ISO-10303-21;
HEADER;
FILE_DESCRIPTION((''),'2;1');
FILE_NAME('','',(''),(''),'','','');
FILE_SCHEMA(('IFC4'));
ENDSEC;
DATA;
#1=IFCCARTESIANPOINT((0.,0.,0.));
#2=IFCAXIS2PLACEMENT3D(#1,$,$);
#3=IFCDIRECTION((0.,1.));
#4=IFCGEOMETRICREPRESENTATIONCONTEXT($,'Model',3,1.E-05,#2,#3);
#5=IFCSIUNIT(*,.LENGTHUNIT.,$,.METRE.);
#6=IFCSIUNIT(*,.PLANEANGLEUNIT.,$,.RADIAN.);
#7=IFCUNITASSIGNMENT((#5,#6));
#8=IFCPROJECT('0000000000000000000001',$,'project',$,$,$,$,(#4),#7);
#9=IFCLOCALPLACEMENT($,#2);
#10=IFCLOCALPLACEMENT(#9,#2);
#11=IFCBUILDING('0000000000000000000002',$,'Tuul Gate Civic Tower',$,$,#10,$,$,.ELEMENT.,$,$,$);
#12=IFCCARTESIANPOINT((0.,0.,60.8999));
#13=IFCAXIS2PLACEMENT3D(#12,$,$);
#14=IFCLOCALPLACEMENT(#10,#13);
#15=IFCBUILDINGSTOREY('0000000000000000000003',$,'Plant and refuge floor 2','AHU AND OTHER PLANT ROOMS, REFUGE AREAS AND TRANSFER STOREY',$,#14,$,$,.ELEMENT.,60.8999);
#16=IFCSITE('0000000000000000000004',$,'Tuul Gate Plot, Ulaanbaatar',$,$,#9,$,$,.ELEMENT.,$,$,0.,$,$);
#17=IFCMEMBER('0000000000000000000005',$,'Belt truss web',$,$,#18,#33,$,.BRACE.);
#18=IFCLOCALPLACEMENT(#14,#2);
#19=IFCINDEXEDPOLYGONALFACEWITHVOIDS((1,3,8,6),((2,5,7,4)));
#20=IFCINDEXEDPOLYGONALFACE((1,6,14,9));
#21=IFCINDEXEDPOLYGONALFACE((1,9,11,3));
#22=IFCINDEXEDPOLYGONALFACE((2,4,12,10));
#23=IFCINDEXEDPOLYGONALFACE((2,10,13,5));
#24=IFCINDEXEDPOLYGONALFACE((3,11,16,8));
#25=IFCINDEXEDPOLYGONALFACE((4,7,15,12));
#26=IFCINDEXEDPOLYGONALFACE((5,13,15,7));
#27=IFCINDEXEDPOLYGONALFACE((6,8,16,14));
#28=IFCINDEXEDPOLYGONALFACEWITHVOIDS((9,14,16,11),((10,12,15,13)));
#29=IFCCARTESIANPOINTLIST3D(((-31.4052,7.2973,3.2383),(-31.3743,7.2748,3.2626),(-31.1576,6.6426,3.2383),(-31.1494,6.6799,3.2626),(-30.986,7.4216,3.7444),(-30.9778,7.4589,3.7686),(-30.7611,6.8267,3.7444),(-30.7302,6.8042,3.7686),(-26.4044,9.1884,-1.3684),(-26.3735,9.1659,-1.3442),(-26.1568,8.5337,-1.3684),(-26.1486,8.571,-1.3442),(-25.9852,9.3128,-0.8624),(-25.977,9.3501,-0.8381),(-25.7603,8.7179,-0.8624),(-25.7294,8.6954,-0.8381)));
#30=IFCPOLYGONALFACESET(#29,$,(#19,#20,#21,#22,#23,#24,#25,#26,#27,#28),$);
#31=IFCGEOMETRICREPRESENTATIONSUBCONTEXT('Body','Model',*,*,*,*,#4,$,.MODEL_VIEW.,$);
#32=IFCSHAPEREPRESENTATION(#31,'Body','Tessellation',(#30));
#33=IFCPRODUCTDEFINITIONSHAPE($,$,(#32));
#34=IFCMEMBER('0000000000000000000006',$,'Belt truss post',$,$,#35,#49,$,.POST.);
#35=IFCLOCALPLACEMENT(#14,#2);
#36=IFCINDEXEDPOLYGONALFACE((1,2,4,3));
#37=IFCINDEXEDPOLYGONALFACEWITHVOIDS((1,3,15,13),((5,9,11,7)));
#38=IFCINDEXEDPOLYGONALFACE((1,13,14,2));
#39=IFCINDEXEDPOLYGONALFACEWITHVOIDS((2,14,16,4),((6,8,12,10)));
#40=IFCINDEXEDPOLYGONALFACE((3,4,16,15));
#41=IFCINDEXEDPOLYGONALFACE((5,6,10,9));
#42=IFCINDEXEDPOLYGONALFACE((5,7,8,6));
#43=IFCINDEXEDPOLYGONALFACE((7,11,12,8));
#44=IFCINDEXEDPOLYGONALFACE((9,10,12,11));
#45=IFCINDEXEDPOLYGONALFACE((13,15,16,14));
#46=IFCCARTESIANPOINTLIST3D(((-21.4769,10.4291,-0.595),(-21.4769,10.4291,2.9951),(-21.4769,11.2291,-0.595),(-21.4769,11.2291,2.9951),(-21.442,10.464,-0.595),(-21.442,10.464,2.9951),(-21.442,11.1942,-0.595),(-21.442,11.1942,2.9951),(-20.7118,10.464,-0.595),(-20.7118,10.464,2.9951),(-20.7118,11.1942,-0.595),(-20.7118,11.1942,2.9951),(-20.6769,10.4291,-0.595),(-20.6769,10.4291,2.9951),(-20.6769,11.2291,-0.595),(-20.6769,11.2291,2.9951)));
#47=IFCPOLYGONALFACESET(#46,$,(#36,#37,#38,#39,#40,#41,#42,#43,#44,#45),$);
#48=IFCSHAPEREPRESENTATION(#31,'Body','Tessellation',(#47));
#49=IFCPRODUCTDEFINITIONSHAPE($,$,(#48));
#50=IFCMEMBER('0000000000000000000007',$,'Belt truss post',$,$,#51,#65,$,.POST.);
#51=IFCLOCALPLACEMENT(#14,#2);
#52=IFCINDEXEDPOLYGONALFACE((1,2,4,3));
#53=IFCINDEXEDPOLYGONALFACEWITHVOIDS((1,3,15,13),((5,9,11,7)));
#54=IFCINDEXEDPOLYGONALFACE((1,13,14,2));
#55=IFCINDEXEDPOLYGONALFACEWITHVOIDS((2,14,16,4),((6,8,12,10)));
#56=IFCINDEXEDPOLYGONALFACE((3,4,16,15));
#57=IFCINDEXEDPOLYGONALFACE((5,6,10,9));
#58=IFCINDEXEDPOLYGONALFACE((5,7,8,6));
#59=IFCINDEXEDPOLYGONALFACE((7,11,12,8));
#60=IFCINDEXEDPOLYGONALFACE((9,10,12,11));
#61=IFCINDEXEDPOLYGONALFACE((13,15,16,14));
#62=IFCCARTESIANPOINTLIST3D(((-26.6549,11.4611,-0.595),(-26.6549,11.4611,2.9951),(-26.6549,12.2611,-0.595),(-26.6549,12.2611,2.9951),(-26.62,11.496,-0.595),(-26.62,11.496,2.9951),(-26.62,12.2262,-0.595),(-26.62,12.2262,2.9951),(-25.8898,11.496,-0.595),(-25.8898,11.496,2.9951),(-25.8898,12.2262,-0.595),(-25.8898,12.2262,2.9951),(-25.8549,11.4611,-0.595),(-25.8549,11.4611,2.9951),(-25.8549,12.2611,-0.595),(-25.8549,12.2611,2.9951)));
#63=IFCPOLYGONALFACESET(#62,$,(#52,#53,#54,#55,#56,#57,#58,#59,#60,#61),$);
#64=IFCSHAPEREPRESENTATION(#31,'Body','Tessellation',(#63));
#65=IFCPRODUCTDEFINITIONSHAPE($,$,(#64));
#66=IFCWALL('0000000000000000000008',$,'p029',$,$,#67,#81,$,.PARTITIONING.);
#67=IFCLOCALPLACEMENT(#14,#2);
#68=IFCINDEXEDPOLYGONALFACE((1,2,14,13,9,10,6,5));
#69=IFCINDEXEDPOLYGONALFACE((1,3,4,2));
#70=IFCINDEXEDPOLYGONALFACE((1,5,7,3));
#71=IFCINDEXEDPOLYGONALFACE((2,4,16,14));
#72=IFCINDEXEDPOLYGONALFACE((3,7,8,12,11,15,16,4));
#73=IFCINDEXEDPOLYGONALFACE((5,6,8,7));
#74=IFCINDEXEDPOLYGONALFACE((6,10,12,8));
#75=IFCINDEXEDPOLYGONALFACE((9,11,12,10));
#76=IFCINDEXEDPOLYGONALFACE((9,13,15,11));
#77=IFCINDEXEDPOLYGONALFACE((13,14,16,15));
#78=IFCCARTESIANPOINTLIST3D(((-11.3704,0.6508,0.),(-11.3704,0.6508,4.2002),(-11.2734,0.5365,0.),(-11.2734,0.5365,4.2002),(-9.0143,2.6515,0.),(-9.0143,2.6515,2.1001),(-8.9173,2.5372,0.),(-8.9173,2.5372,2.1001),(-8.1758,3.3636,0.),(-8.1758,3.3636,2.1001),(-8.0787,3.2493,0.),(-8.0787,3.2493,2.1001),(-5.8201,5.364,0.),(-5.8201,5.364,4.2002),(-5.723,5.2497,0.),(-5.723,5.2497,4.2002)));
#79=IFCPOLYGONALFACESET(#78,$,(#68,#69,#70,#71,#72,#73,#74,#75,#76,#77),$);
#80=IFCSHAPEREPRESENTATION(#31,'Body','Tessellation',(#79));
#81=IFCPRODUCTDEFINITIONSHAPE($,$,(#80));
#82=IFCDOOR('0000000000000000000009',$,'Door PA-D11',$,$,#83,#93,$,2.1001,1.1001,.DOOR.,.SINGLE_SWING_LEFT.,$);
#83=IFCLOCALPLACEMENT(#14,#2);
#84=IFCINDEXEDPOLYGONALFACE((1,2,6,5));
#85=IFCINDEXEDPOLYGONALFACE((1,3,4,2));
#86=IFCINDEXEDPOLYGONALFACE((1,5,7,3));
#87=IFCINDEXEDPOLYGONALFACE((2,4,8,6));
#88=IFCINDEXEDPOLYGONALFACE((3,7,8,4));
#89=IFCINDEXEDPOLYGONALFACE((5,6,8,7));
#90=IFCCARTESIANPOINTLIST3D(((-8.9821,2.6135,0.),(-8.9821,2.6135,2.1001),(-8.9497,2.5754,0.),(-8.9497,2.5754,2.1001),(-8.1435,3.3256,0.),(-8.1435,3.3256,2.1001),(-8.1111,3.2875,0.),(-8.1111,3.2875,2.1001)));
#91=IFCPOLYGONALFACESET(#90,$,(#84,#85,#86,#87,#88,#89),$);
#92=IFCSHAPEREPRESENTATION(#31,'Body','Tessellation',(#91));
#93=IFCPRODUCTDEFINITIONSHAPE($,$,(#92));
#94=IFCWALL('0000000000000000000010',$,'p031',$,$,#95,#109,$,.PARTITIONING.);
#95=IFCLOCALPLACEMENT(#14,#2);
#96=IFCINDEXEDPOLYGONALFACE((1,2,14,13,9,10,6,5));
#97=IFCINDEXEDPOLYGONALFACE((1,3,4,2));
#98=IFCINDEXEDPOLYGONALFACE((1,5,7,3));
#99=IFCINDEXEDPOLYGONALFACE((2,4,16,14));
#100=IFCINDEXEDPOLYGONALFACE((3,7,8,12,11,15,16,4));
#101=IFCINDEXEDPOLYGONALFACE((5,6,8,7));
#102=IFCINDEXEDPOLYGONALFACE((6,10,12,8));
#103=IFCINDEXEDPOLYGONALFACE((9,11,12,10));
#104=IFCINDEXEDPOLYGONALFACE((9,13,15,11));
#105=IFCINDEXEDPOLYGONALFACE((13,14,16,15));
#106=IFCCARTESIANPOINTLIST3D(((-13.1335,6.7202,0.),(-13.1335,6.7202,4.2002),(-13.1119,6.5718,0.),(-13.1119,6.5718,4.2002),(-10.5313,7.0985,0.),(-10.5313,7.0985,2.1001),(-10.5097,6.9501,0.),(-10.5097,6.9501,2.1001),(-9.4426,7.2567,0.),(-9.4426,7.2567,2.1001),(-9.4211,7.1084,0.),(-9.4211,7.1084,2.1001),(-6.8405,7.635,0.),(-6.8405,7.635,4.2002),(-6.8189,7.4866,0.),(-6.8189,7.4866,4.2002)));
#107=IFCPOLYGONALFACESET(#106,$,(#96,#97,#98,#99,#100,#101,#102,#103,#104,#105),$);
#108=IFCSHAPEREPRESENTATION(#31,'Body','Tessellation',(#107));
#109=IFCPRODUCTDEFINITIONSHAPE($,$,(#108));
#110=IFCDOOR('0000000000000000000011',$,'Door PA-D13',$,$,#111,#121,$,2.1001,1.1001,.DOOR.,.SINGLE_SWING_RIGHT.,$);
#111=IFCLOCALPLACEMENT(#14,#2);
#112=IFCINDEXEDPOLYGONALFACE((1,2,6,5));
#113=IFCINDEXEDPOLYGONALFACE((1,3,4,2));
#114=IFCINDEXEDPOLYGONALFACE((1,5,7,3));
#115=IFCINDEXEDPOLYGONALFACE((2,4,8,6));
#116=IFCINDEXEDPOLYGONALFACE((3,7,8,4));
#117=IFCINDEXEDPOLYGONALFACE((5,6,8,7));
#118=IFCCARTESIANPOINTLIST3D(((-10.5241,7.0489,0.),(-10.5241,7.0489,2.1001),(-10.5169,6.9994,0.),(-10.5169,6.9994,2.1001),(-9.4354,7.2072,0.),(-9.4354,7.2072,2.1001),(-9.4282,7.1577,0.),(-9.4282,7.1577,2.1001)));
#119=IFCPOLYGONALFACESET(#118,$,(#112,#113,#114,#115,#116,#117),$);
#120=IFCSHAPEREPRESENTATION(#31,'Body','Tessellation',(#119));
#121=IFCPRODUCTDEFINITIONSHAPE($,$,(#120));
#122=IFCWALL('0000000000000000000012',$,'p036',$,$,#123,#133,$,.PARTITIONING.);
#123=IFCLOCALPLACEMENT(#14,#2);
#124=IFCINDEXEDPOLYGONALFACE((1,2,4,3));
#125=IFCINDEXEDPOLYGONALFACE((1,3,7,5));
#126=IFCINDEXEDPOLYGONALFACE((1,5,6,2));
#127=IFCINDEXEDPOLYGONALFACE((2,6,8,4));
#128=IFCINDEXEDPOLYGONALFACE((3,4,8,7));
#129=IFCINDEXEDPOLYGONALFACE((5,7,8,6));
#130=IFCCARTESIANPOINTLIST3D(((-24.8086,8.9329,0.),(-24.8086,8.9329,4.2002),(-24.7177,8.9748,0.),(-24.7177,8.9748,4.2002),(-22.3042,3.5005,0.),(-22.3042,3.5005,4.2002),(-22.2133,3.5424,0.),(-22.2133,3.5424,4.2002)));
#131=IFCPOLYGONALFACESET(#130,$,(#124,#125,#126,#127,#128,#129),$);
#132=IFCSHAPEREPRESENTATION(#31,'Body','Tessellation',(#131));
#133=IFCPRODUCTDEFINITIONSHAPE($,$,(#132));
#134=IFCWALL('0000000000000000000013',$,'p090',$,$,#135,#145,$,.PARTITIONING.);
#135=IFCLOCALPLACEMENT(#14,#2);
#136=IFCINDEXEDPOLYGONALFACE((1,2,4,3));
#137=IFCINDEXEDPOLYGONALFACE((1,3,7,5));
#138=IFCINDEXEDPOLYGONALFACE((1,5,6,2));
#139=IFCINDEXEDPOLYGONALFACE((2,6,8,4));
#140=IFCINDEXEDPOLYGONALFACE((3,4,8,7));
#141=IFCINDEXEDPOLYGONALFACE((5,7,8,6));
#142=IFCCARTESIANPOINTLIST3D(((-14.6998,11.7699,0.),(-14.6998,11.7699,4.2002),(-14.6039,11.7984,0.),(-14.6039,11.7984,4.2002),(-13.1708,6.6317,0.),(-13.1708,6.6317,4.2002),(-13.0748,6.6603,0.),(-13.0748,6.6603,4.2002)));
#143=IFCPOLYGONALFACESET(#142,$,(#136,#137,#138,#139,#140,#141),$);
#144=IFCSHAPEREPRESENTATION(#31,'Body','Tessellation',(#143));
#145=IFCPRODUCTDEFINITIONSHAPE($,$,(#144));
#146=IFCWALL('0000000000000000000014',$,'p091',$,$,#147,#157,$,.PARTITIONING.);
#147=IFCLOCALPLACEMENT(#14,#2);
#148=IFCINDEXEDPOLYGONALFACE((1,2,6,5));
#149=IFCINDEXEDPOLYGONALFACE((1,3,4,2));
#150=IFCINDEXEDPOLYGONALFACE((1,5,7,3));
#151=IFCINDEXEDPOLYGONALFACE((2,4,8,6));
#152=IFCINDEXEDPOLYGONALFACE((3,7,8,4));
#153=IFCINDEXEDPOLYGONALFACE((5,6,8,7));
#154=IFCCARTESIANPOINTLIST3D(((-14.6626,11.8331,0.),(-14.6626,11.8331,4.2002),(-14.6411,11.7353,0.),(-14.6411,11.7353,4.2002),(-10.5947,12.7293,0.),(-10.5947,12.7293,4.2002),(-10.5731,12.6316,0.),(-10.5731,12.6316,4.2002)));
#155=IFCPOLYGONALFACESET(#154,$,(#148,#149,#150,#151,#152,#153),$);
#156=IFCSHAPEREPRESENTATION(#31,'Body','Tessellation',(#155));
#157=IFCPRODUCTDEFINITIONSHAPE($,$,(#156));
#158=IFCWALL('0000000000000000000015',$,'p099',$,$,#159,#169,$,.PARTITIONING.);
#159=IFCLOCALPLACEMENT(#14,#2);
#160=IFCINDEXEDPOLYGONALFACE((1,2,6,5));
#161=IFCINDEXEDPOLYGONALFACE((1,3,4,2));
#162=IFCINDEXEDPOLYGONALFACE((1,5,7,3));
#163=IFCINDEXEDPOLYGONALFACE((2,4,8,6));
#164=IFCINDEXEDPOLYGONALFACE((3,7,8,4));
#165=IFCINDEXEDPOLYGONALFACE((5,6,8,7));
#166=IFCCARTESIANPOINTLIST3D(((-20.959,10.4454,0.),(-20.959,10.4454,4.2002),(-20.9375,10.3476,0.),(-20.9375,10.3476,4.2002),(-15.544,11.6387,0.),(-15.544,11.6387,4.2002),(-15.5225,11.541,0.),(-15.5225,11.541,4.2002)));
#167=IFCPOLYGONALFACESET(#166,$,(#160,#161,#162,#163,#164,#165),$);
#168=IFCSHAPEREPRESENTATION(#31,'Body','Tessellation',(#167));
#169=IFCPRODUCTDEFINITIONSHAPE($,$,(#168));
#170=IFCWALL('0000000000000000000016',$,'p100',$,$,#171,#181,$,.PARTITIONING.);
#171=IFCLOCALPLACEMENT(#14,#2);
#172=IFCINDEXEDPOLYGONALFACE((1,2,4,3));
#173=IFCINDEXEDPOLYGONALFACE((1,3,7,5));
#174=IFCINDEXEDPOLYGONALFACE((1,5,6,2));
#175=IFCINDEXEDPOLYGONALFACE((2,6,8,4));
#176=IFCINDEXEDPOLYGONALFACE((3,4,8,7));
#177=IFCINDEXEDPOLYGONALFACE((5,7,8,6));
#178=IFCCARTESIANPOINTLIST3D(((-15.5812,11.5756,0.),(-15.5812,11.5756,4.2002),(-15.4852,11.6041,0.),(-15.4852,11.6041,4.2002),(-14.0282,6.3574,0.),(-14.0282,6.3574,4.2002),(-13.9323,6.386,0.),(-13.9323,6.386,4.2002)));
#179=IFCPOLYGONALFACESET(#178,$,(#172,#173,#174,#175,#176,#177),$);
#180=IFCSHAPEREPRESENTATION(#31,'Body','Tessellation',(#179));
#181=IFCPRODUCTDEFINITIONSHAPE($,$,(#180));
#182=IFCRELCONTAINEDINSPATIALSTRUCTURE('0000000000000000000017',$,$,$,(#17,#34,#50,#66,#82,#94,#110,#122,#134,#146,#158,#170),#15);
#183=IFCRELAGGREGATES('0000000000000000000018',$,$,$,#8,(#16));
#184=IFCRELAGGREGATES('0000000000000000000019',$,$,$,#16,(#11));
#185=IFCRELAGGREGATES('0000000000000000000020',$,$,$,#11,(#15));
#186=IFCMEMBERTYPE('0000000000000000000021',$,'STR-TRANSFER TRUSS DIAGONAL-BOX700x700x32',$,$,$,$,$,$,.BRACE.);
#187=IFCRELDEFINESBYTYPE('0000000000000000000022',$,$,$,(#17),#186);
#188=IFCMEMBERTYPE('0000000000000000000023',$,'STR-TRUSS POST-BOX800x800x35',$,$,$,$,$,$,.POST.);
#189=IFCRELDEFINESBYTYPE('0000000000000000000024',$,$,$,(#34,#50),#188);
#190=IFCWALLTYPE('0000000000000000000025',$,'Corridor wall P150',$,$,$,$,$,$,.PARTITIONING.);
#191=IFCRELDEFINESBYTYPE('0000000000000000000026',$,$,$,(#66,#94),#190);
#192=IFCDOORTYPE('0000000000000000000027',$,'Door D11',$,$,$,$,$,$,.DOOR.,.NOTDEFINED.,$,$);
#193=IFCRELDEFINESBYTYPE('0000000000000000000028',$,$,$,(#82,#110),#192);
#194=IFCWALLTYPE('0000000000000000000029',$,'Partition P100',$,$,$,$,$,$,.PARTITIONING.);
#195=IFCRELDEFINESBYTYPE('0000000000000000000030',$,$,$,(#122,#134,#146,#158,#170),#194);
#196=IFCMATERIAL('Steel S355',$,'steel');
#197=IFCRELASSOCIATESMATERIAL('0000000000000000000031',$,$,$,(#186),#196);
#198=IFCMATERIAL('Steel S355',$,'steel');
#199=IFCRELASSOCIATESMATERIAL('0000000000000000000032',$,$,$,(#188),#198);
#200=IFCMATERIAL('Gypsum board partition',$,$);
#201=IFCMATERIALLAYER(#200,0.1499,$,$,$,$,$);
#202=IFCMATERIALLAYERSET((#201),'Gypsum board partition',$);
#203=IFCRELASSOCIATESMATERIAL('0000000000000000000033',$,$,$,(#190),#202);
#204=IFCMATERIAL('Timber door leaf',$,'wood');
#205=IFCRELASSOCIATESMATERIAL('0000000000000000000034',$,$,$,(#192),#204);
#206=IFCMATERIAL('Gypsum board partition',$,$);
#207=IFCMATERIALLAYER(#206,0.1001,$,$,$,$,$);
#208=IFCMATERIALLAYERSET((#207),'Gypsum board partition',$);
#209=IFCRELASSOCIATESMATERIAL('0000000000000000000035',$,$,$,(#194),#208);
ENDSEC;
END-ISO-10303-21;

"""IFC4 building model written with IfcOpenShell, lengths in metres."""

from ifc_helpers import new_model, si_unit, direction, frame, frame_2d, origin, origin_2d, place, context, subcontext, project, spatial, rectangle, hollow_rectangle, extrude, material, layer, layer_set, material_profile, profile_set, type_object, element, fill, save


model = new_model("IFC4")

# Units and contexts
model_context = context("Model", 3, precision=1e-05, world=origin(), true_north=direction((0.0, 1.0)))
body_context = subcontext(model_context, "Body", "Model", "MODEL_VIEW")
ifc_project = project(units=[si_unit("LENGTHUNIT", "METRE"), si_unit("PLANEANGLEUNIT", "RADIAN")], contexts=[model_context])

# Site, building, storey
site_placement = place(None, origin())
site = spatial("IfcSite", under=ifc_project, at=site_placement, Name="Tuul Gate Plot, Ulaanbaatar", CompositionType="ELEMENT", RefElevation=0.0)
building_placement = place(site_placement, origin())
building = spatial("IfcBuilding", under=site, at=building_placement, Name="Tuul Gate Civic Tower", CompositionType="ELEMENT")
storey_placement = place(building_placement, frame((0.0, 0.0, 60.8999)))
storey = spatial("IfcBuildingStorey", under=building, at=storey_placement, Name="Plant and refuge floor 2", Description="AHU AND OTHER PLANT ROOMS, REFUGE AREAS AND TRANSFER STOREY", CompositionType="ELEMENT", Elevation=60.8999)

# Members
ifc_material_1 = material(Name="Steel S355", Category="steel")
ifc_material_profile_1 = material_profile(ifc_material_1, hollow_rectangle(XDim=0.7, YDim=0.7, WallThickness=0.032, at=origin_2d()), Name="BOX700x700x32")
ifc_profile_set_1 = profile_set([ifc_material_profile_1], Name="Steel S355")
member_type_1 = type_object("IfcMemberType", Name="STR-TRANSFER TRUSS DIAGONAL-BOX700x700x32", PredefinedType="BRACE", material=ifc_profile_set_1)
member_1_placement = place(storey_placement, frame((-26.0669, 8.9419, -1.1033), z_axis=(-0.708592, -0.267966, 0.652757), x_axis=(0.353719, -0.935352, 0.0)))
element("IfcMember", 1, at=member_1_placement, inside=storey, type_object=member_type_1, Name="Belt truss web", PredefinedType="BRACE", context=body_context, shape_type="SweptSolid", body=[
    extrude(hollow_rectangle(XDim=0.7, YDim=0.7, WallThickness=0.032, at=origin_2d()), origin(), (0.0, 0.0, 1.0), 7.0574),
])
ifc_material_2 = material(Name="Steel S355", Category="steel")
ifc_material_profile_2 = material_profile(ifc_material_2, hollow_rectangle(XDim=0.8, YDim=0.8, WallThickness=0.0349, at=origin_2d()), Name="BOX800x800x35")
ifc_profile_set_2 = profile_set([ifc_material_profile_2], Name="Steel S355")
member_type_2 = type_object("IfcMemberType", Name="STR-TRUSS POST-BOX800x800x35", PredefinedType="POST", material=ifc_profile_set_2)
for number, where, z_axis, x_axis, name in (
    (2, (-21.0769, 10.8291, -0.595), (0.0, 0.0, 1.0), (1.0, 0.0, 0.0), "Belt truss post"),
    (3, (-26.2549, 11.8611, -0.595), (0.0, 0.0, 1.0), (1.0, 0.0, 0.0), "Belt truss post"),
):
    element("IfcMember", number, at=place(storey_placement, frame(where, z_axis=z_axis, x_axis=x_axis)), inside=storey, type_object=member_type_2, Name=name, PredefinedType="POST", context=body_context, shape_type="SweptSolid", body=[
        extrude(hollow_rectangle(XDim=0.8, YDim=0.8, WallThickness=0.0349, at=origin_2d()), origin(), (0.0, 0.0, 1.0), 3.5901),
    ])

# Walls, openings, doors
ifc_material_3 = material(Name="Gypsum board partition")
ifc_layer_1 = layer(ifc_material_3, 0.1499)
ifc_layer_set_1 = layer_set([ifc_layer_1], Name="Gypsum board partition")
wall_type_1 = type_object("IfcWallType", Name="Corridor wall P150", PredefinedType="PARTITIONING", material=ifc_layer_set_1)
wall_1_placement = place(storey_placement, frame((-11.3218, 0.5938, 0.0), z_axis=(0.0, 0.0, 1.0), x_axis=(0.762252, 0.64728, 0.0)))
wall_1 = element("IfcWall", 4, at=wall_1_placement, inside=storey, type_object=wall_type_1, Name="p029", PredefinedType="PARTITIONING", context=body_context, shape_type="SweptSolid", body=[
    extrude(rectangle(XDim=7.2815, YDim=0.1499, at=frame_2d((3.6406, 0.0))), origin(), (0.0, 0.0, 1.0), 4.2002),
])
opening_1_placement = place(wall_1_placement, frame((3.0908, 0.0, 0.0)))
opening_1 = element("IfcOpeningElement", 5, at=opening_1_placement, cuts=wall_1, PredefinedType="OPENING", context=body_context, shape_type="SweptSolid", body=[
    extrude(rectangle(XDim=1.1001, YDim=2.1001, at=frame_2d((0.55, 1.05))), frame((0.0, 0.085, 0.0), z_axis=(0.0, -1.0, 0.0), x_axis=(1.0, 0.0, 0.0)), (0.0, 0.0, 1.0), 0.1699),
])
ifc_material_4 = material(Name="Timber door leaf", Category="wood")
door_type = type_object("IfcDoorType", Name="Door D11", OperationType="NOTDEFINED", PredefinedType="DOOR", material=ifc_material_4)
door_1_placement = place(opening_1_placement, frame((1.1001, 0.0, 0.0), z_axis=(0.0, 0.0, 1.0), x_axis=(-1.0, 0.0, 0.0)))
door_1 = element("IfcDoor", 6, at=door_1_placement, inside=storey, type_object=door_type, Name="Door PA-D11", OperationType="SINGLE_SWING_LEFT", OverallHeight=2.1001, OverallWidth=1.1001, PredefinedType="DOOR", context=body_context, shape_type="SweptSolid", body=[
    extrude(rectangle(XDim=1.1001, YDim=2.1001, at=frame_2d((0.55, 1.05))), frame((0.0, 0.0249, 0.0), z_axis=(0.0, -1.0, 0.0), x_axis=(1.0, 0.0, 0.0)), (0.0, 0.0, 1.0), 0.05),
])
fill(opening_1, door_1)
wall_2_placement = place(storey_placement, frame((-13.1228, 6.646, 0.0), z_axis=(0.0, 0.0, 1.0), x_axis=(0.989599, 0.143856, 0.0)))
wall_2 = element("IfcWall", 7, at=wall_2_placement, inside=storey, type_object=wall_type_1, Name="p031", PredefinedType="PARTITIONING", context=body_context, shape_type="SweptSolid", body=[
    extrude(rectangle(XDim=6.3591, YDim=0.1499, at=frame_2d((3.1797, 0.0))), origin(), (0.0, 0.0, 1.0), 4.2002),
])
opening_2_placement = place(wall_2_placement, frame((2.6296, 0.0, 0.0)))
opening_2 = element("IfcOpeningElement", 8, at=opening_2_placement, cuts=wall_2, PredefinedType="OPENING", context=body_context, shape_type="SweptSolid", body=[
    extrude(rectangle(XDim=1.1001, YDim=2.1001, at=frame_2d((0.55, 1.05))), frame((0.0, 0.085, 0.0), z_axis=(0.0, -1.0, 0.0), x_axis=(1.0, 0.0, 0.0)), (0.0, 0.0, 1.0), 0.1699),
])
door_2_placement = place(opening_2_placement, origin())
door_2 = element("IfcDoor", 9, at=door_2_placement, inside=storey, type_object=door_type, Name="Door PA-D13", OperationType="SINGLE_SWING_RIGHT", OverallHeight=2.1001, OverallWidth=1.1001, PredefinedType="DOOR", context=body_context, shape_type="SweptSolid", body=[
    extrude(rectangle(XDim=1.1001, YDim=2.1001, at=frame_2d((0.55, 1.05))), frame((0.0, 0.0249, 0.0), z_axis=(0.0, -1.0, 0.0), x_axis=(1.0, 0.0, 0.0)), (0.0, 0.0, 1.0), 0.05),
])
fill(opening_2, door_2)

# Walls
ifc_material_5 = material(Name="Gypsum board partition")
ifc_layer_2 = layer(ifc_material_5, 0.1001)
ifc_layer_set_2 = layer_set([ifc_layer_2], Name="Gypsum board partition")
wall_type_2 = type_object("IfcWallType", Name="Partition P100", PredefinedType="PARTITIONING", material=ifc_layer_set_2)
wall_3_placement = place(storey_placement, frame((-24.7632, 8.9539, 0.0), z_axis=(0.0, 0.0, 1.0), x_axis=(0.418665, -0.908141, 0.0)))
element("IfcWall", 10, at=wall_3_placement, inside=storey, type_object=wall_type_2, Name="p036", PredefinedType="PARTITIONING", context=body_context, shape_type="SweptSolid", body=[
    extrude(rectangle(XDim=5.9819, YDim=0.1001, at=frame_2d((2.991, 0.0))), origin(), (0.0, 0.0, 1.0), 4.2002),
])
wall_4_placement = place(storey_placement, frame((-13.1228, 6.646, 0.0), z_axis=(0.0, 0.0, 1.0), x_axis=(-0.285225, 0.958461, 0.0)))
element("IfcWall", 11, at=wall_4_placement, inside=storey, type_object=wall_type_2, Name="p090", PredefinedType="PARTITIONING", context=body_context, shape_type="SweptSolid", body=[
    extrude(rectangle(XDim=5.3608, YDim=0.1001, at=frame_2d((2.6804, 0.0))), origin(), (0.0, 0.0, 1.0), 4.2002),
])
wall_5_placement = place(storey_placement, frame((-14.6519, 11.7842, 0.0), z_axis=(0.0, 0.0, 1.0), x_axis=(0.976578, 0.215161, 0.0)))
element("IfcWall", 12, at=wall_5_placement, inside=storey, type_object=wall_type_2, Name="p091", PredefinedType="PARTITIONING", context=body_context, shape_type="SweptSolid", body=[
    extrude(rectangle(XDim=4.1655, YDim=0.1001, at=frame_2d((2.0828, 0.0))), origin(), (0.0, 0.0, 1.0), 4.2002),
])
wall_6_placement = place(storey_placement, frame((-20.9482, 10.3965, 0.0), z_axis=(0.0, 0.0, 1.0), x_axis=(0.976567, 0.215215, 0.0)))
element("IfcWall", 13, at=wall_6_placement, inside=storey, type_object=wall_type_2, Name="p099", PredefinedType="PARTITIONING", context=body_context, shape_type="SweptSolid", body=[
    extrude(rectangle(XDim=5.5449, YDim=0.1001, at=frame_2d((2.7725, 0.0))), origin(), (0.0, 0.0, 1.0), 4.2002),
])
wall_7_placement = place(storey_placement, frame((-15.5332, 11.5898, 0.0), z_axis=(0.0, 0.0, 1.0), x_axis=(0.285241, -0.958456, 0.0)))
element("IfcWall", 14, at=wall_7_placement, inside=storey, type_object=wall_type_2, Name="p100", PredefinedType="PARTITIONING", context=body_context, shape_type="SweptSolid", body=[
    extrude(rectangle(XDim=5.4443, YDim=0.1001, at=frame_2d((2.7222, 0.0))), origin(), (0.0, 0.0, 1.0), 4.2002),
])

save(model, "model.ifc")
